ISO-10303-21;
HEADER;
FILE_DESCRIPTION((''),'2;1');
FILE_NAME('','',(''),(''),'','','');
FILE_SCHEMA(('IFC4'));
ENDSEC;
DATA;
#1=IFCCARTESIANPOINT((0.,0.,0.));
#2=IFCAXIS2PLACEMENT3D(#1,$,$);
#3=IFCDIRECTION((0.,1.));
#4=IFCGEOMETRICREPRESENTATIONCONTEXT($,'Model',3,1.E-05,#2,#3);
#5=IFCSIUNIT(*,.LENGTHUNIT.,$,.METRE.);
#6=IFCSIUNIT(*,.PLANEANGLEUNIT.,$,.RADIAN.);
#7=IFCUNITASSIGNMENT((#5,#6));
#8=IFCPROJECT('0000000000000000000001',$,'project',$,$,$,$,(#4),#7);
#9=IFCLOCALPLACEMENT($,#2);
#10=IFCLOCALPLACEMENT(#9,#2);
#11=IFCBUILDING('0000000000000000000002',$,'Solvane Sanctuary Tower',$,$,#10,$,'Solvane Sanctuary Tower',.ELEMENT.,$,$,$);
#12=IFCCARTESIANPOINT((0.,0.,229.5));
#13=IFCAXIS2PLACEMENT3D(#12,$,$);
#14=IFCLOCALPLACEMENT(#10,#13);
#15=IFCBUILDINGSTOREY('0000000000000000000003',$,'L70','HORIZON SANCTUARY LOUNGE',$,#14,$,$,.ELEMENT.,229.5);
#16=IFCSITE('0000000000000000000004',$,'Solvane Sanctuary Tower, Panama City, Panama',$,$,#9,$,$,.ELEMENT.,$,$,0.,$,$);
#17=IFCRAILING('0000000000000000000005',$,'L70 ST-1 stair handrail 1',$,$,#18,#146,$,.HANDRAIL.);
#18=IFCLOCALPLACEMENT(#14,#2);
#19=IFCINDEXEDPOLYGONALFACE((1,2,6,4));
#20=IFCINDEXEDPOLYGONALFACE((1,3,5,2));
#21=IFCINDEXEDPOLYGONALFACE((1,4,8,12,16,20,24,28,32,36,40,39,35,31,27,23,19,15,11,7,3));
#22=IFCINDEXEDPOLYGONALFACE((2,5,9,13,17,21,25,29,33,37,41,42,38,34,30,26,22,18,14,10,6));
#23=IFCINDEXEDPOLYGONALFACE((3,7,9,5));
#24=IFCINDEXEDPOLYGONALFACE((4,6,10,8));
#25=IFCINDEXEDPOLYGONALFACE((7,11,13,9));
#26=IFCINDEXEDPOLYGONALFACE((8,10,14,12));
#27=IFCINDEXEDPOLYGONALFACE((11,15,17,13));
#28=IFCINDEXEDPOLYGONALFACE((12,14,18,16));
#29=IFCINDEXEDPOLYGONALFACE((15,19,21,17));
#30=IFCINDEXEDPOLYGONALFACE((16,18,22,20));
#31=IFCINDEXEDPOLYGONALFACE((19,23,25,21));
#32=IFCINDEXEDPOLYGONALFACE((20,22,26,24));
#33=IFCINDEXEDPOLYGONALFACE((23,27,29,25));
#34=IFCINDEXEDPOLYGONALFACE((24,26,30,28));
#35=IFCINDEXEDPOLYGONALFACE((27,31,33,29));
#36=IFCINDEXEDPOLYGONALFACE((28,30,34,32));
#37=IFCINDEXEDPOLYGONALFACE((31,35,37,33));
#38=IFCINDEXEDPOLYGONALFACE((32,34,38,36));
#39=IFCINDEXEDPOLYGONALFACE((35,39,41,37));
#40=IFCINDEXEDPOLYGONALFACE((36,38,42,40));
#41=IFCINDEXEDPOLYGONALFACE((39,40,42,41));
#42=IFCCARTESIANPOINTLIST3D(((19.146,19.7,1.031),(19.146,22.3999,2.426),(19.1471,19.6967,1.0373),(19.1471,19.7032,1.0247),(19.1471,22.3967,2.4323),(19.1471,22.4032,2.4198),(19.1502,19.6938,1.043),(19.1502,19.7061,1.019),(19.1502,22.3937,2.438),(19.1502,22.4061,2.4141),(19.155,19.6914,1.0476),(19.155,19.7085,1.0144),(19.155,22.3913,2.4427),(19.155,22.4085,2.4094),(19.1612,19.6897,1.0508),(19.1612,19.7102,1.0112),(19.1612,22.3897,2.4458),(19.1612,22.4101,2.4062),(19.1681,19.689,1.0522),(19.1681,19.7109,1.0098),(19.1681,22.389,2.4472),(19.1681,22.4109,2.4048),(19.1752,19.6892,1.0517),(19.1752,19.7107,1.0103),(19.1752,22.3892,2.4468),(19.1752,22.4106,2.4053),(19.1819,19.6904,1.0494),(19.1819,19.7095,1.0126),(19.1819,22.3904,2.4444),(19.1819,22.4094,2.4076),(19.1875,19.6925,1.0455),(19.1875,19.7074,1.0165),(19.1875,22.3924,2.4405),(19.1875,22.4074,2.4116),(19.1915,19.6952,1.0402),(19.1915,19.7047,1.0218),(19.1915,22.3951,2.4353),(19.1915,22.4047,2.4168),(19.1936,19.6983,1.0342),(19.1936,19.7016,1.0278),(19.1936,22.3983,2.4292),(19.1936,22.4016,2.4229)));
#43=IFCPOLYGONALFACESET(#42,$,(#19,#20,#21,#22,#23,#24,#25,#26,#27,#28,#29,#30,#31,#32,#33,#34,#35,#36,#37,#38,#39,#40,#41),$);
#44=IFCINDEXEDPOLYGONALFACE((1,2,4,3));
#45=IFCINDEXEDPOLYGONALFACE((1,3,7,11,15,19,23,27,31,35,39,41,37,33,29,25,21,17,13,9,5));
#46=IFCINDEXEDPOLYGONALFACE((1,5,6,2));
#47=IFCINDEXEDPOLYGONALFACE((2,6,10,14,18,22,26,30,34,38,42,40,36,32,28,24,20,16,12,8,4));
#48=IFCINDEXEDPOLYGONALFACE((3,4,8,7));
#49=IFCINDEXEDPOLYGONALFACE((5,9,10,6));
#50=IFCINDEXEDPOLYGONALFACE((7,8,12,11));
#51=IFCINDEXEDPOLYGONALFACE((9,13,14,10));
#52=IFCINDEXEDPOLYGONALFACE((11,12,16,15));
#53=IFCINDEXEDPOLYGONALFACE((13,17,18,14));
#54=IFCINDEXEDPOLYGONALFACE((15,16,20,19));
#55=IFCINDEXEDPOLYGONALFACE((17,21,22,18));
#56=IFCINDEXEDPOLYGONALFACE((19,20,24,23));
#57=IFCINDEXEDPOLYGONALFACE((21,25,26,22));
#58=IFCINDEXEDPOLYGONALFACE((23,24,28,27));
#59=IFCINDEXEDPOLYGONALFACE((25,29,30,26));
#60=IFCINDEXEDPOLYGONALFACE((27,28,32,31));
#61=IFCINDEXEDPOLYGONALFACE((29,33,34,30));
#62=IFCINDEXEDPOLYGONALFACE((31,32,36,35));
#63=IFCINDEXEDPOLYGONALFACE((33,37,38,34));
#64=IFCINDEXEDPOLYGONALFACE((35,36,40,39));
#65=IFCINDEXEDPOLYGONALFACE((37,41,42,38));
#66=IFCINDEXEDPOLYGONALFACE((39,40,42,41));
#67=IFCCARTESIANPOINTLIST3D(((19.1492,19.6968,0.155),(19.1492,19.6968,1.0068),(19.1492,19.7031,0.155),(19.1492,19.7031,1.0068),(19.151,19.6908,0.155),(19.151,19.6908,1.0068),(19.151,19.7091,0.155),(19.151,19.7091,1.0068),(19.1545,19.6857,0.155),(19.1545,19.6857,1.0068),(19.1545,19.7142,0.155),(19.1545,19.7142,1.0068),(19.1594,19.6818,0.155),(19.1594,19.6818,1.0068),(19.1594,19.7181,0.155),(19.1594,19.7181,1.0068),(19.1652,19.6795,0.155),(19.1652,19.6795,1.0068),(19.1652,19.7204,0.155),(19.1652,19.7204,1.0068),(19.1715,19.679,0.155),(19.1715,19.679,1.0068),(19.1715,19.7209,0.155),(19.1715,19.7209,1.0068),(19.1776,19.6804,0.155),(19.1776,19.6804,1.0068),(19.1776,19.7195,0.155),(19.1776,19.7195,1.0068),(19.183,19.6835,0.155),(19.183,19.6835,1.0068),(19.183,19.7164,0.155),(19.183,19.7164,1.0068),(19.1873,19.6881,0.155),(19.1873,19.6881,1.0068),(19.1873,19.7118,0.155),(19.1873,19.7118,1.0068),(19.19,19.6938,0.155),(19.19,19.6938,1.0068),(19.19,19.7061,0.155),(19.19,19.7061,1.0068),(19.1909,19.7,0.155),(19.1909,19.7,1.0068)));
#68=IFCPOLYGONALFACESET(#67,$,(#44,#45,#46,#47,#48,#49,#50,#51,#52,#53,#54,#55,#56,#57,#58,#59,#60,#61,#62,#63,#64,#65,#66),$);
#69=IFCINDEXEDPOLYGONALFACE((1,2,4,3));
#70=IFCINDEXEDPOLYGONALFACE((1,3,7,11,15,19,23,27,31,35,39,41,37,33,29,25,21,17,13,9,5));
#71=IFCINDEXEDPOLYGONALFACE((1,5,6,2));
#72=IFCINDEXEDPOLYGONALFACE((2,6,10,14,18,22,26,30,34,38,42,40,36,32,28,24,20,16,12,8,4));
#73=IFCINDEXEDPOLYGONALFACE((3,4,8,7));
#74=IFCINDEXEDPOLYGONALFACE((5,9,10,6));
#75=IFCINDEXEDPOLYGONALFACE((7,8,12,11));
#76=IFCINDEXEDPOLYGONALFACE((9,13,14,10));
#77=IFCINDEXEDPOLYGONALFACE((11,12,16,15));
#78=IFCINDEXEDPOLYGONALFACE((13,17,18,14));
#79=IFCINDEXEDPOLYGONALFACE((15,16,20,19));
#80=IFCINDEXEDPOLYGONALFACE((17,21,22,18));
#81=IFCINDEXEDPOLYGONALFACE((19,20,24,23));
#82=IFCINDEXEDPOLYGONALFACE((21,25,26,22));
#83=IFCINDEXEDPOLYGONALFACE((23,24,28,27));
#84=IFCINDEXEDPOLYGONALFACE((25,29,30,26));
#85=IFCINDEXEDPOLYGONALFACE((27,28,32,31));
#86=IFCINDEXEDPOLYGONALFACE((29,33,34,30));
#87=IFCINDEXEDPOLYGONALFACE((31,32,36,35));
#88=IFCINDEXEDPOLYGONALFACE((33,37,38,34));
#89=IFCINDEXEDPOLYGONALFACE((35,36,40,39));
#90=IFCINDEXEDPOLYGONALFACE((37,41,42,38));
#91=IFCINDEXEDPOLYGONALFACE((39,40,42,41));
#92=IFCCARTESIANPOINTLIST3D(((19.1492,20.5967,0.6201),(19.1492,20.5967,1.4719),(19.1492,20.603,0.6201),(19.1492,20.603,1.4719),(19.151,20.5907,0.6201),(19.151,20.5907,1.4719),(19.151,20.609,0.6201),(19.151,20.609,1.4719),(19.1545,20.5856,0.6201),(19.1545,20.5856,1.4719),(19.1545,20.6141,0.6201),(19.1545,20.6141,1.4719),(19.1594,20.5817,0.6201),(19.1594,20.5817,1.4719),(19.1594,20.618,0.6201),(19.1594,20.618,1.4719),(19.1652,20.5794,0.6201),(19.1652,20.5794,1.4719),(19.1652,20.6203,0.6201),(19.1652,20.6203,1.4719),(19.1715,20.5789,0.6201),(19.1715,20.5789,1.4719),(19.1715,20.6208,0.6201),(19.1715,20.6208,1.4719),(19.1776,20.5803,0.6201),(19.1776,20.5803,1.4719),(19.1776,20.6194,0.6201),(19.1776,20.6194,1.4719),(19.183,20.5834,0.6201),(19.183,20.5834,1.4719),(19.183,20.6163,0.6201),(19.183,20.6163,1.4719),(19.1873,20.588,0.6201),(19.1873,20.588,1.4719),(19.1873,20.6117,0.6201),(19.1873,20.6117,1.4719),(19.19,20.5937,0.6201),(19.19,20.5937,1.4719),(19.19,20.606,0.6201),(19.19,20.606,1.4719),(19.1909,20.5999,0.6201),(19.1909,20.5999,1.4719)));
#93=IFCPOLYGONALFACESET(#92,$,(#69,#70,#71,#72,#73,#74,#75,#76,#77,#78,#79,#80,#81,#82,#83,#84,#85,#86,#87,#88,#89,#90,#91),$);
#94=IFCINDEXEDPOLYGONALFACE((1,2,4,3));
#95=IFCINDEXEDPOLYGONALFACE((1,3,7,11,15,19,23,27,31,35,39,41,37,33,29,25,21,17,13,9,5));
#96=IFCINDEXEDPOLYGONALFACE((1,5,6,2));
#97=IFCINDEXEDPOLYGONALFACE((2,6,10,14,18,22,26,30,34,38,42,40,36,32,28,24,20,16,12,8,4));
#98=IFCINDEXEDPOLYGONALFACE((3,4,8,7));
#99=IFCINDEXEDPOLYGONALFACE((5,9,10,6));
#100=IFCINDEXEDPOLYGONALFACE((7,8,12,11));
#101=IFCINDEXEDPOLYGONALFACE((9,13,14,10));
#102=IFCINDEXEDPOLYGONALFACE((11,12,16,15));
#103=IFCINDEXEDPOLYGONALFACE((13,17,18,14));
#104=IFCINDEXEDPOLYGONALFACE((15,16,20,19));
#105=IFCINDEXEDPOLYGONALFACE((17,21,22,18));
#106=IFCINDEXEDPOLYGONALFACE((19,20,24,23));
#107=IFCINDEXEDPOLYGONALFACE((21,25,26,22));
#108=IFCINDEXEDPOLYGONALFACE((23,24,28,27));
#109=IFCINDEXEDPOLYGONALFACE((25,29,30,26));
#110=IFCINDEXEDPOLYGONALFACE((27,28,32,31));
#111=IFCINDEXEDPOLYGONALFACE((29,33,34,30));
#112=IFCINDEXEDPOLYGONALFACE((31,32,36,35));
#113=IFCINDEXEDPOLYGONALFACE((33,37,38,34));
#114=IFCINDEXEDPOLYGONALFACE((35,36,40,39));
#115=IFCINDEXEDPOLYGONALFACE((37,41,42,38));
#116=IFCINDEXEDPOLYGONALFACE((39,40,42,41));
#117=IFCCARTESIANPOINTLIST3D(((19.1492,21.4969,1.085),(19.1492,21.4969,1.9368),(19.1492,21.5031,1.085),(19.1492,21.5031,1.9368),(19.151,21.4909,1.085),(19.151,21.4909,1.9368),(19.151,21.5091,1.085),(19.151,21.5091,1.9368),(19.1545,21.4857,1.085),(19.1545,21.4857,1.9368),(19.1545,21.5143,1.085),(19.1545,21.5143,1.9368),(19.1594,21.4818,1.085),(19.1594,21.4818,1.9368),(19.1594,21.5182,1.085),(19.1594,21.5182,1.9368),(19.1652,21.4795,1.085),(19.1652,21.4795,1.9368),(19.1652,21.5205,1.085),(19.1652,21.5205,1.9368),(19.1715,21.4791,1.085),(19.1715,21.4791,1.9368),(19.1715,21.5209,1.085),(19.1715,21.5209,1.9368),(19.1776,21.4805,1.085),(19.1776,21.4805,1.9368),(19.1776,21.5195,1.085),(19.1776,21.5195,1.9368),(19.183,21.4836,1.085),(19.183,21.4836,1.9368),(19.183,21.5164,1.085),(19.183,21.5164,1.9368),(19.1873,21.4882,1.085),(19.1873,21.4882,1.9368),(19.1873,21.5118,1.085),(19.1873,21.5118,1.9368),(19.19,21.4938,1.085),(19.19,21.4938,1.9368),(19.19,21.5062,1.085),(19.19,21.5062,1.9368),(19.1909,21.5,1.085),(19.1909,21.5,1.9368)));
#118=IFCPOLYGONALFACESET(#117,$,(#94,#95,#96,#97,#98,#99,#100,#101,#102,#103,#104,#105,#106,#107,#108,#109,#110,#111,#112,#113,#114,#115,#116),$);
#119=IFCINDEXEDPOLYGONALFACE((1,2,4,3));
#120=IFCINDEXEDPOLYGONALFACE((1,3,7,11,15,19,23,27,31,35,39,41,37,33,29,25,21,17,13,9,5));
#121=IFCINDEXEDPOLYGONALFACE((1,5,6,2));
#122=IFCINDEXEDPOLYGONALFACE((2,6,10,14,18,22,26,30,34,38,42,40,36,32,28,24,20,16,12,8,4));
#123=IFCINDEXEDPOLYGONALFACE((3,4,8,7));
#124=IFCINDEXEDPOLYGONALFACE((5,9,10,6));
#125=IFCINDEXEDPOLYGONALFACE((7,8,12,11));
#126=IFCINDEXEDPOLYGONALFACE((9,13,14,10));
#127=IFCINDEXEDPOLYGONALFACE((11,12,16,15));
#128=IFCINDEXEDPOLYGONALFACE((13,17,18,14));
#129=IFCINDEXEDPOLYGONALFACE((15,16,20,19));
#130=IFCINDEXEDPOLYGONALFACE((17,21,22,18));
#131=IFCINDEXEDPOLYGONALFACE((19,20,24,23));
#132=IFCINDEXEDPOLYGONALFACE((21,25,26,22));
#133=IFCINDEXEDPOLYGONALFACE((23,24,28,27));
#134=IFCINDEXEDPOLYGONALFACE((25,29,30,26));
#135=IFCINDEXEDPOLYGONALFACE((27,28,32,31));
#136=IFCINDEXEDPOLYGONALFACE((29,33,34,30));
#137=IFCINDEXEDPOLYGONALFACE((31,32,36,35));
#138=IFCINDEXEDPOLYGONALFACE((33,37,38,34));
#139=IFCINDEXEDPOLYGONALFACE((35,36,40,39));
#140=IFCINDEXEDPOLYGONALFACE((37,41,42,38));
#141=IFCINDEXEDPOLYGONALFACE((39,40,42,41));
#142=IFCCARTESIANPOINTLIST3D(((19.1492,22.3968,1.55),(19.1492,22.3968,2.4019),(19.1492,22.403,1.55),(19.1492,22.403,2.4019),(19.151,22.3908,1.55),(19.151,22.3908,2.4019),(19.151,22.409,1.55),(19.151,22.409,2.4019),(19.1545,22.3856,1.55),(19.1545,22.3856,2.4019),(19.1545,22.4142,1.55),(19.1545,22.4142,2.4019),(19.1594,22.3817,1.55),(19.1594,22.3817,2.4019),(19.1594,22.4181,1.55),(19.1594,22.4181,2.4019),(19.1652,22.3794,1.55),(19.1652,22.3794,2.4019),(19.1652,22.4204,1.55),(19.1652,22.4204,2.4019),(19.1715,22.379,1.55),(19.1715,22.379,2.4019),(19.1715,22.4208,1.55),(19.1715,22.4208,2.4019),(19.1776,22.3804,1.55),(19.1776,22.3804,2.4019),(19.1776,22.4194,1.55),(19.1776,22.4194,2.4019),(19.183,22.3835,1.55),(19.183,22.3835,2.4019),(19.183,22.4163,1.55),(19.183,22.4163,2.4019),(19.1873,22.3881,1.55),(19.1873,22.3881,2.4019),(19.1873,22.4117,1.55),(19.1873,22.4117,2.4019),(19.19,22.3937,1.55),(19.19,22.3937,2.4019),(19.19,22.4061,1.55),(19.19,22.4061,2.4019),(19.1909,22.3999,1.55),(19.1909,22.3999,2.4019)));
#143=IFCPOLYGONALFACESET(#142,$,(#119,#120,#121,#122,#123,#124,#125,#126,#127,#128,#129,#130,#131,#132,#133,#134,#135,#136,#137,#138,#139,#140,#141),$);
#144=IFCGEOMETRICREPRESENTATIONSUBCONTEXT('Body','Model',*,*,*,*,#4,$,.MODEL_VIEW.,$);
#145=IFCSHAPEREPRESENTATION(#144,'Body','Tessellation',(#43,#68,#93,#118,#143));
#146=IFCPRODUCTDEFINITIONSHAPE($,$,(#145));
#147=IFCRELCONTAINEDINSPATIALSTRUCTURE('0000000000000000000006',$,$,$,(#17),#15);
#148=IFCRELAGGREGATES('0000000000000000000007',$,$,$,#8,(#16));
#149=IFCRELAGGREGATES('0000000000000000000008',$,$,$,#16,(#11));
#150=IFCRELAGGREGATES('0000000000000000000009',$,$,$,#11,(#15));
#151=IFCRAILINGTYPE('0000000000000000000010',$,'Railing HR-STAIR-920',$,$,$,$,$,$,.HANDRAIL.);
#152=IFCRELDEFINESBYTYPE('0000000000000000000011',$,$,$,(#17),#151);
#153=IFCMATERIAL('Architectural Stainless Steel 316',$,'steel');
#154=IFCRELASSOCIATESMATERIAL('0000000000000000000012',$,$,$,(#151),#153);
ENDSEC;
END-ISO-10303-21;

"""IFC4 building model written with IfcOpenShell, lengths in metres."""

from ifc_helpers import new_model, si_unit, direction, frame, origin, origin_2d, place, context, subcontext, project, spatial, circle, extrude, material, type_object, element, save


model = new_model("IFC4")

# Units and contexts
model_context = context("Model", 3, precision=1e-05, world=origin(), true_north=direction((0.0, 1.0)))
body_context = subcontext(model_context, "Body", "Model", "MODEL_VIEW")
ifc_project = project(units=[si_unit("LENGTHUNIT", "METRE"), si_unit("PLANEANGLEUNIT", "RADIAN")], contexts=[model_context])

# Site, building, storey
site_placement = place(None, origin())
site = spatial("IfcSite", under=ifc_project, at=site_placement, Name="Solvane Sanctuary Tower, Panama City, Panama", CompositionType="ELEMENT", RefElevation=0.0)
building_placement = place(site_placement, origin())
building = spatial("IfcBuilding", under=site, at=building_placement, Name="Solvane Sanctuary Tower", LongName="Solvane Sanctuary Tower", CompositionType="ELEMENT")
storey_placement = place(building_placement, frame((0.0, 0.0, 229.5)))
storey = spatial("IfcBuildingStorey", under=building, at=storey_placement, Name="L70", Description="HORIZON SANCTUARY LOUNGE", CompositionType="ELEMENT", Elevation=229.5)

# Shared definitions
ifc_material_1 = material(Name="Architectural Stainless Steel 316", Category="steel")

# Railing
railing_type_1 = type_object("IfcRailingType", Name="Railing HR-STAIR-920", PredefinedType="HANDRAIL", material=ifc_material_1)
railing_1_placement = place(storey_placement, frame((19.1699, 19.7, 0.155)))
element("IfcRailing", 1, at=railing_1_placement, inside=storey, type_object=railing_type_1, Name="L70 ST-1 stair handrail 1", PredefinedType="HANDRAIL", context=body_context, shape_type="SweptSolid", body=[
    extrude(circle(Radius=0.0239, at=origin_2d()), frame((0.0, 0.0, 0.876), z_axis=(0.0, 0.88842, 0.459032), x_axis=(-1.0, 0.0, 0.0)), (0.0, 0.0, 1.0), 3.0391),
    extrude(circle(Radius=0.021, at=origin_2d()), origin(), (0.0, 0.0, 1.0), 0.8518),
    extrude(circle(Radius=0.021, at=origin_2d()), frame((0.0, 0.8999, 0.4651)), (0.0, 0.0, 1.0), 0.8518),
    extrude(circle(Radius=0.021, at=origin_2d()), frame((0.0, 1.8, 0.9299)), (0.0, 0.0, 1.0), 0.8518),
    extrude(circle(Radius=0.021, at=origin_2d()), frame((0.0, 2.7, 1.395)), (0.0, 0.0, 1.0), 0.8518),
])

save(model, "model.ifc")
